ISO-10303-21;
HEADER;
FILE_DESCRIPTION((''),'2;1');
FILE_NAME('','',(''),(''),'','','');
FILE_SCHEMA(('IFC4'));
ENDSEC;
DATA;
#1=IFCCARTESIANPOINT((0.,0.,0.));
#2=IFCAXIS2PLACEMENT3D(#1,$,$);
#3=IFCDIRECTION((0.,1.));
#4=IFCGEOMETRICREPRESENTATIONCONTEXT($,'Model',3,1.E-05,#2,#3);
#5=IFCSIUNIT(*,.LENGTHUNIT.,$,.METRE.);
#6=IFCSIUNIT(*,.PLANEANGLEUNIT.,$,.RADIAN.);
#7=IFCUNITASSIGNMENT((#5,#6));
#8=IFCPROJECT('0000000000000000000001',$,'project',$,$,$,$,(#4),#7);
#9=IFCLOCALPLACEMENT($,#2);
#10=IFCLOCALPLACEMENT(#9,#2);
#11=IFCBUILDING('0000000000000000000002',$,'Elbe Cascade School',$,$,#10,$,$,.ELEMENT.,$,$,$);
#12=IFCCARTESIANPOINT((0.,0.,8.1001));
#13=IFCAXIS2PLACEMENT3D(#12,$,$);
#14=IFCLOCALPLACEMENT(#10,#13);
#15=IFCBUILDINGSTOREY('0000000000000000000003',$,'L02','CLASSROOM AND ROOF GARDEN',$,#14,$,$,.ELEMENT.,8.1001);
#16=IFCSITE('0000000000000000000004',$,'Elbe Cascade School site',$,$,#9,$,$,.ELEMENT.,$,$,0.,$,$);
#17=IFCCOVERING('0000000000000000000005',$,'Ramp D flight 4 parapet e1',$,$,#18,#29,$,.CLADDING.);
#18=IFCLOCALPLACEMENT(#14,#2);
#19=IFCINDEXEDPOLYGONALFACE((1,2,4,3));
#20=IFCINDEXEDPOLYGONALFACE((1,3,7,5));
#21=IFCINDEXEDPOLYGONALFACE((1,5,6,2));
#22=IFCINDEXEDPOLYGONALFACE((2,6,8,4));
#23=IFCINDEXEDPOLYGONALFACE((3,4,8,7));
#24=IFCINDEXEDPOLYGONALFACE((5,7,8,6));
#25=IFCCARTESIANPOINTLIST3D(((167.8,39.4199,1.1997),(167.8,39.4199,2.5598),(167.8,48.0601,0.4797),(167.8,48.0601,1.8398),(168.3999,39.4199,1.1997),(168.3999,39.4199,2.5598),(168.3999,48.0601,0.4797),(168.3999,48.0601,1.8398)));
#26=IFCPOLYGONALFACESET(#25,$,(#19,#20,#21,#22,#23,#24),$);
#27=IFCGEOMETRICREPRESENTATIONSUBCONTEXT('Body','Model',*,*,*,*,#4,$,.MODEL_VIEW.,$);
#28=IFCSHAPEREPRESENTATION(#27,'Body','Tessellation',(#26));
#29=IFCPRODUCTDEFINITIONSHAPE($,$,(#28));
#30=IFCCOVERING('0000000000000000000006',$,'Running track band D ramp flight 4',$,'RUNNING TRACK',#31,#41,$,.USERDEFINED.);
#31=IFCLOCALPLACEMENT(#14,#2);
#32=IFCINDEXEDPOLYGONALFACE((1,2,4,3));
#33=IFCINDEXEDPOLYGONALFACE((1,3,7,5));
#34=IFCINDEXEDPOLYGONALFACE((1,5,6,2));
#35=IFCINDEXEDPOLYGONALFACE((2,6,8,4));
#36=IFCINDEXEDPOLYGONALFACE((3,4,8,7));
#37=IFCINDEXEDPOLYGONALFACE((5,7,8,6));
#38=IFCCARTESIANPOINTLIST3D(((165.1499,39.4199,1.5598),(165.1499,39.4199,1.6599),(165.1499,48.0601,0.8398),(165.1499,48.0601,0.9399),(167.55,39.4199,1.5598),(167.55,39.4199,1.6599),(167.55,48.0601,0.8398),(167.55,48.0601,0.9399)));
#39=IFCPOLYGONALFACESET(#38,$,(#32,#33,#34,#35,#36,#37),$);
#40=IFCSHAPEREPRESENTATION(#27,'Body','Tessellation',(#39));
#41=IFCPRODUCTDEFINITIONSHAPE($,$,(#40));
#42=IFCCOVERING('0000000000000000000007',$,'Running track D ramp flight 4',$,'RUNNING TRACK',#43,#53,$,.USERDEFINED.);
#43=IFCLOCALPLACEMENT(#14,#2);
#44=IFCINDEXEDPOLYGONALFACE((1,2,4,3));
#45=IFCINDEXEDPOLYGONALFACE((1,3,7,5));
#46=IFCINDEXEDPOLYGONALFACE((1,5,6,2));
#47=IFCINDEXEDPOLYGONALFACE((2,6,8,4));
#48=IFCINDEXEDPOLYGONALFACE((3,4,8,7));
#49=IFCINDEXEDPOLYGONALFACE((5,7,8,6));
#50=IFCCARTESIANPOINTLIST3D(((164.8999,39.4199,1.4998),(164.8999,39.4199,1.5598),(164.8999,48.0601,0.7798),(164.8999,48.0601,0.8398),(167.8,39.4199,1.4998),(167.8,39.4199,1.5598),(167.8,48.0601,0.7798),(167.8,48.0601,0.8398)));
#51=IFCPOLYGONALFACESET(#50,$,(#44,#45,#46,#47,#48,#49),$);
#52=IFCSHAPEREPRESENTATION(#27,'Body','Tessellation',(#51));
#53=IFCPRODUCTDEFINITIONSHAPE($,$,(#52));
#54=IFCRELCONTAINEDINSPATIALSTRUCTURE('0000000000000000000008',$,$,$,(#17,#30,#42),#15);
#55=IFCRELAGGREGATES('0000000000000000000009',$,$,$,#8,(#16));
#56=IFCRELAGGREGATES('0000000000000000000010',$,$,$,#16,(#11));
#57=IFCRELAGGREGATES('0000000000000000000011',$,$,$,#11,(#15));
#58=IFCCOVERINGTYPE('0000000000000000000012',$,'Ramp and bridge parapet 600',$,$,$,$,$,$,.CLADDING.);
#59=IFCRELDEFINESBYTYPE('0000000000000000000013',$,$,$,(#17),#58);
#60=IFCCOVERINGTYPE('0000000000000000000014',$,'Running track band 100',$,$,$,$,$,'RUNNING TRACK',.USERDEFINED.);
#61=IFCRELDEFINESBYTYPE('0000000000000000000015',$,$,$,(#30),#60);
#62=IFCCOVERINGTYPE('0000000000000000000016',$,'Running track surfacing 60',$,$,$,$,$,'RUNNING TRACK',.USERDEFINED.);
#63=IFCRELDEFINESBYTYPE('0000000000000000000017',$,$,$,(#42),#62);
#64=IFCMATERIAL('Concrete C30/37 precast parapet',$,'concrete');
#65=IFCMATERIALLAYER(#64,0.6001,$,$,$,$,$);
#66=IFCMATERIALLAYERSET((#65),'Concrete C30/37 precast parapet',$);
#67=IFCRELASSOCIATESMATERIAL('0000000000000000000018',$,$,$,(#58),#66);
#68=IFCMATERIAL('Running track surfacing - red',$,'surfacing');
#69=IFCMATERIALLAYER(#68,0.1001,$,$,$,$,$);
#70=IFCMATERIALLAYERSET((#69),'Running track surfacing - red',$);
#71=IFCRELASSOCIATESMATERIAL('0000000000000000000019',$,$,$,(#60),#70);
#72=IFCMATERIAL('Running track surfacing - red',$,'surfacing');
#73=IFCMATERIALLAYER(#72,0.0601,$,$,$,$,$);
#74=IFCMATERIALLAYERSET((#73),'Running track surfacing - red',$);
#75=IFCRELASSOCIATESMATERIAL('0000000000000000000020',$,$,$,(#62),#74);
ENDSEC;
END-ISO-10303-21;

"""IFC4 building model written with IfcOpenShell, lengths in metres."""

from ifc_helpers import new_model, si_unit, direction, frame, origin, place, context, subcontext, project, spatial, polyline, outline, extrude, material, layer, layer_set, type_object, element, save


model = new_model("IFC4")

# Units and contexts
model_context = context("Model", 3, precision=1e-05, world=origin(), true_north=direction((0.0, 1.0)))
body_context = subcontext(model_context, "Body", "Model", "MODEL_VIEW")
ifc_project = project(units=[si_unit("LENGTHUNIT", "METRE"), si_unit("PLANEANGLEUNIT", "RADIAN")], contexts=[model_context])

# Site, building, storey
site_placement = place(None, origin())
site = spatial("IfcSite", under=ifc_project, at=site_placement, Name="Elbe Cascade School site", CompositionType="ELEMENT", RefElevation=0.0)
building_placement = place(site_placement, origin())
building = spatial("IfcBuilding", under=site, at=building_placement, Name="Elbe Cascade School", CompositionType="ELEMENT")
storey_placement = place(building_placement, frame((0.0, 0.0, 8.1001)))
storey = spatial("IfcBuildingStorey", under=building, at=storey_placement, Name="L02", Description="CLASSROOM AND ROOF GARDEN", CompositionType="ELEMENT", Elevation=8.1001)

# Coverings
ifc_material_1 = material(Name="Concrete C30/37 precast parapet", Category="concrete")
ifc_layer_1 = layer(ifc_material_1, 0.6001)
ifc_layer_set_1 = layer_set([ifc_layer_1], Name="Concrete C30/37 precast parapet")
covering_type_1 = type_object("IfcCoveringType", Name="Ramp and bridge parapet 600", PredefinedType="CLADDING", material=ifc_layer_set_1)
for number, where, z_axis, x_axis, name in (
    (1, (167.8, 39.4199, 2.5598), (0.0, 0.083041, 0.996546), (0.0, 0.996546, -0.083041), "Ramp D flight 4 parapet e1"),
):
    element("IfcCovering", number, at=place(storey_placement, frame(where, z_axis=z_axis, x_axis=x_axis)), inside=storey, type_object=covering_type_1, Name=name, PredefinedType="CLADDING", context=body_context, shape_type="SweptSolid", body=[
        extrude(outline(polyline([(0.0, 0.0), (8.6701, 0.0), (8.6701, -0.5999), (0.0, -0.5999), (0.0, 0.0)])), origin(), (0.083041, 0.0, -0.996546), 1.3601),
    ])
ifc_material_2 = material(Name="Running track surfacing - red", Category="surfacing")
ifc_layer_2 = layer(ifc_material_2, 0.1001)
ifc_layer_set_2 = layer_set([ifc_layer_2], Name="Running track surfacing - red")
covering_type_2 = type_object("IfcCoveringType", Name="Running track band 100", ElementType="RUNNING TRACK", PredefinedType="USERDEFINED", material=ifc_layer_set_2)
covering_1_placement = place(storey_placement, frame((165.1499, 39.4199, 1.6599), z_axis=(0.0, 0.083041, 0.996546), x_axis=(0.0, 0.996546, -0.083041)))
element("IfcCovering", 2, at=covering_1_placement, inside=storey, type_object=covering_type_2, Name="Running track band D ramp flight 4", ObjectType="RUNNING TRACK", PredefinedType="USERDEFINED", context=body_context, shape_type="SweptSolid", body=[
    extrude(outline(polyline([(0.0, 0.0), (8.6701, 0.0), (8.6701, -2.4001), (0.0, -2.4001), (0.0, 0.0)])), origin(), (0.083041, 0.0, -0.996546), 0.1001),
])
ifc_material_3 = material(Name="Running track surfacing - red", Category="surfacing")
ifc_layer_3 = layer(ifc_material_3, 0.0601)
ifc_layer_set_3 = layer_set([ifc_layer_3], Name="Running track surfacing - red")
covering_type_3 = type_object("IfcCoveringType", Name="Running track surfacing 60", ElementType="RUNNING TRACK", PredefinedType="USERDEFINED", material=ifc_layer_set_3)
covering_2_placement = place(storey_placement, frame((164.8999, 39.4199, 1.5598), z_axis=(0.0, 0.083041, 0.996546), x_axis=(0.0, 0.996546, -0.083041)))
element("IfcCovering", 3, at=covering_2_placement, inside=storey, type_object=covering_type_3, Name="Running track D ramp flight 4", ObjectType="RUNNING TRACK", PredefinedType="USERDEFINED", context=body_context, shape_type="SweptSolid", body=[
    extrude(outline(polyline([(0.0, 0.0), (8.6701, 0.0), (8.6701, -2.9001), (0.0, -2.9001), (0.0, 0.0)])), origin(), (0.083041, 0.0, -0.996546), 0.0601),
])

save(model, "model.ifc")
